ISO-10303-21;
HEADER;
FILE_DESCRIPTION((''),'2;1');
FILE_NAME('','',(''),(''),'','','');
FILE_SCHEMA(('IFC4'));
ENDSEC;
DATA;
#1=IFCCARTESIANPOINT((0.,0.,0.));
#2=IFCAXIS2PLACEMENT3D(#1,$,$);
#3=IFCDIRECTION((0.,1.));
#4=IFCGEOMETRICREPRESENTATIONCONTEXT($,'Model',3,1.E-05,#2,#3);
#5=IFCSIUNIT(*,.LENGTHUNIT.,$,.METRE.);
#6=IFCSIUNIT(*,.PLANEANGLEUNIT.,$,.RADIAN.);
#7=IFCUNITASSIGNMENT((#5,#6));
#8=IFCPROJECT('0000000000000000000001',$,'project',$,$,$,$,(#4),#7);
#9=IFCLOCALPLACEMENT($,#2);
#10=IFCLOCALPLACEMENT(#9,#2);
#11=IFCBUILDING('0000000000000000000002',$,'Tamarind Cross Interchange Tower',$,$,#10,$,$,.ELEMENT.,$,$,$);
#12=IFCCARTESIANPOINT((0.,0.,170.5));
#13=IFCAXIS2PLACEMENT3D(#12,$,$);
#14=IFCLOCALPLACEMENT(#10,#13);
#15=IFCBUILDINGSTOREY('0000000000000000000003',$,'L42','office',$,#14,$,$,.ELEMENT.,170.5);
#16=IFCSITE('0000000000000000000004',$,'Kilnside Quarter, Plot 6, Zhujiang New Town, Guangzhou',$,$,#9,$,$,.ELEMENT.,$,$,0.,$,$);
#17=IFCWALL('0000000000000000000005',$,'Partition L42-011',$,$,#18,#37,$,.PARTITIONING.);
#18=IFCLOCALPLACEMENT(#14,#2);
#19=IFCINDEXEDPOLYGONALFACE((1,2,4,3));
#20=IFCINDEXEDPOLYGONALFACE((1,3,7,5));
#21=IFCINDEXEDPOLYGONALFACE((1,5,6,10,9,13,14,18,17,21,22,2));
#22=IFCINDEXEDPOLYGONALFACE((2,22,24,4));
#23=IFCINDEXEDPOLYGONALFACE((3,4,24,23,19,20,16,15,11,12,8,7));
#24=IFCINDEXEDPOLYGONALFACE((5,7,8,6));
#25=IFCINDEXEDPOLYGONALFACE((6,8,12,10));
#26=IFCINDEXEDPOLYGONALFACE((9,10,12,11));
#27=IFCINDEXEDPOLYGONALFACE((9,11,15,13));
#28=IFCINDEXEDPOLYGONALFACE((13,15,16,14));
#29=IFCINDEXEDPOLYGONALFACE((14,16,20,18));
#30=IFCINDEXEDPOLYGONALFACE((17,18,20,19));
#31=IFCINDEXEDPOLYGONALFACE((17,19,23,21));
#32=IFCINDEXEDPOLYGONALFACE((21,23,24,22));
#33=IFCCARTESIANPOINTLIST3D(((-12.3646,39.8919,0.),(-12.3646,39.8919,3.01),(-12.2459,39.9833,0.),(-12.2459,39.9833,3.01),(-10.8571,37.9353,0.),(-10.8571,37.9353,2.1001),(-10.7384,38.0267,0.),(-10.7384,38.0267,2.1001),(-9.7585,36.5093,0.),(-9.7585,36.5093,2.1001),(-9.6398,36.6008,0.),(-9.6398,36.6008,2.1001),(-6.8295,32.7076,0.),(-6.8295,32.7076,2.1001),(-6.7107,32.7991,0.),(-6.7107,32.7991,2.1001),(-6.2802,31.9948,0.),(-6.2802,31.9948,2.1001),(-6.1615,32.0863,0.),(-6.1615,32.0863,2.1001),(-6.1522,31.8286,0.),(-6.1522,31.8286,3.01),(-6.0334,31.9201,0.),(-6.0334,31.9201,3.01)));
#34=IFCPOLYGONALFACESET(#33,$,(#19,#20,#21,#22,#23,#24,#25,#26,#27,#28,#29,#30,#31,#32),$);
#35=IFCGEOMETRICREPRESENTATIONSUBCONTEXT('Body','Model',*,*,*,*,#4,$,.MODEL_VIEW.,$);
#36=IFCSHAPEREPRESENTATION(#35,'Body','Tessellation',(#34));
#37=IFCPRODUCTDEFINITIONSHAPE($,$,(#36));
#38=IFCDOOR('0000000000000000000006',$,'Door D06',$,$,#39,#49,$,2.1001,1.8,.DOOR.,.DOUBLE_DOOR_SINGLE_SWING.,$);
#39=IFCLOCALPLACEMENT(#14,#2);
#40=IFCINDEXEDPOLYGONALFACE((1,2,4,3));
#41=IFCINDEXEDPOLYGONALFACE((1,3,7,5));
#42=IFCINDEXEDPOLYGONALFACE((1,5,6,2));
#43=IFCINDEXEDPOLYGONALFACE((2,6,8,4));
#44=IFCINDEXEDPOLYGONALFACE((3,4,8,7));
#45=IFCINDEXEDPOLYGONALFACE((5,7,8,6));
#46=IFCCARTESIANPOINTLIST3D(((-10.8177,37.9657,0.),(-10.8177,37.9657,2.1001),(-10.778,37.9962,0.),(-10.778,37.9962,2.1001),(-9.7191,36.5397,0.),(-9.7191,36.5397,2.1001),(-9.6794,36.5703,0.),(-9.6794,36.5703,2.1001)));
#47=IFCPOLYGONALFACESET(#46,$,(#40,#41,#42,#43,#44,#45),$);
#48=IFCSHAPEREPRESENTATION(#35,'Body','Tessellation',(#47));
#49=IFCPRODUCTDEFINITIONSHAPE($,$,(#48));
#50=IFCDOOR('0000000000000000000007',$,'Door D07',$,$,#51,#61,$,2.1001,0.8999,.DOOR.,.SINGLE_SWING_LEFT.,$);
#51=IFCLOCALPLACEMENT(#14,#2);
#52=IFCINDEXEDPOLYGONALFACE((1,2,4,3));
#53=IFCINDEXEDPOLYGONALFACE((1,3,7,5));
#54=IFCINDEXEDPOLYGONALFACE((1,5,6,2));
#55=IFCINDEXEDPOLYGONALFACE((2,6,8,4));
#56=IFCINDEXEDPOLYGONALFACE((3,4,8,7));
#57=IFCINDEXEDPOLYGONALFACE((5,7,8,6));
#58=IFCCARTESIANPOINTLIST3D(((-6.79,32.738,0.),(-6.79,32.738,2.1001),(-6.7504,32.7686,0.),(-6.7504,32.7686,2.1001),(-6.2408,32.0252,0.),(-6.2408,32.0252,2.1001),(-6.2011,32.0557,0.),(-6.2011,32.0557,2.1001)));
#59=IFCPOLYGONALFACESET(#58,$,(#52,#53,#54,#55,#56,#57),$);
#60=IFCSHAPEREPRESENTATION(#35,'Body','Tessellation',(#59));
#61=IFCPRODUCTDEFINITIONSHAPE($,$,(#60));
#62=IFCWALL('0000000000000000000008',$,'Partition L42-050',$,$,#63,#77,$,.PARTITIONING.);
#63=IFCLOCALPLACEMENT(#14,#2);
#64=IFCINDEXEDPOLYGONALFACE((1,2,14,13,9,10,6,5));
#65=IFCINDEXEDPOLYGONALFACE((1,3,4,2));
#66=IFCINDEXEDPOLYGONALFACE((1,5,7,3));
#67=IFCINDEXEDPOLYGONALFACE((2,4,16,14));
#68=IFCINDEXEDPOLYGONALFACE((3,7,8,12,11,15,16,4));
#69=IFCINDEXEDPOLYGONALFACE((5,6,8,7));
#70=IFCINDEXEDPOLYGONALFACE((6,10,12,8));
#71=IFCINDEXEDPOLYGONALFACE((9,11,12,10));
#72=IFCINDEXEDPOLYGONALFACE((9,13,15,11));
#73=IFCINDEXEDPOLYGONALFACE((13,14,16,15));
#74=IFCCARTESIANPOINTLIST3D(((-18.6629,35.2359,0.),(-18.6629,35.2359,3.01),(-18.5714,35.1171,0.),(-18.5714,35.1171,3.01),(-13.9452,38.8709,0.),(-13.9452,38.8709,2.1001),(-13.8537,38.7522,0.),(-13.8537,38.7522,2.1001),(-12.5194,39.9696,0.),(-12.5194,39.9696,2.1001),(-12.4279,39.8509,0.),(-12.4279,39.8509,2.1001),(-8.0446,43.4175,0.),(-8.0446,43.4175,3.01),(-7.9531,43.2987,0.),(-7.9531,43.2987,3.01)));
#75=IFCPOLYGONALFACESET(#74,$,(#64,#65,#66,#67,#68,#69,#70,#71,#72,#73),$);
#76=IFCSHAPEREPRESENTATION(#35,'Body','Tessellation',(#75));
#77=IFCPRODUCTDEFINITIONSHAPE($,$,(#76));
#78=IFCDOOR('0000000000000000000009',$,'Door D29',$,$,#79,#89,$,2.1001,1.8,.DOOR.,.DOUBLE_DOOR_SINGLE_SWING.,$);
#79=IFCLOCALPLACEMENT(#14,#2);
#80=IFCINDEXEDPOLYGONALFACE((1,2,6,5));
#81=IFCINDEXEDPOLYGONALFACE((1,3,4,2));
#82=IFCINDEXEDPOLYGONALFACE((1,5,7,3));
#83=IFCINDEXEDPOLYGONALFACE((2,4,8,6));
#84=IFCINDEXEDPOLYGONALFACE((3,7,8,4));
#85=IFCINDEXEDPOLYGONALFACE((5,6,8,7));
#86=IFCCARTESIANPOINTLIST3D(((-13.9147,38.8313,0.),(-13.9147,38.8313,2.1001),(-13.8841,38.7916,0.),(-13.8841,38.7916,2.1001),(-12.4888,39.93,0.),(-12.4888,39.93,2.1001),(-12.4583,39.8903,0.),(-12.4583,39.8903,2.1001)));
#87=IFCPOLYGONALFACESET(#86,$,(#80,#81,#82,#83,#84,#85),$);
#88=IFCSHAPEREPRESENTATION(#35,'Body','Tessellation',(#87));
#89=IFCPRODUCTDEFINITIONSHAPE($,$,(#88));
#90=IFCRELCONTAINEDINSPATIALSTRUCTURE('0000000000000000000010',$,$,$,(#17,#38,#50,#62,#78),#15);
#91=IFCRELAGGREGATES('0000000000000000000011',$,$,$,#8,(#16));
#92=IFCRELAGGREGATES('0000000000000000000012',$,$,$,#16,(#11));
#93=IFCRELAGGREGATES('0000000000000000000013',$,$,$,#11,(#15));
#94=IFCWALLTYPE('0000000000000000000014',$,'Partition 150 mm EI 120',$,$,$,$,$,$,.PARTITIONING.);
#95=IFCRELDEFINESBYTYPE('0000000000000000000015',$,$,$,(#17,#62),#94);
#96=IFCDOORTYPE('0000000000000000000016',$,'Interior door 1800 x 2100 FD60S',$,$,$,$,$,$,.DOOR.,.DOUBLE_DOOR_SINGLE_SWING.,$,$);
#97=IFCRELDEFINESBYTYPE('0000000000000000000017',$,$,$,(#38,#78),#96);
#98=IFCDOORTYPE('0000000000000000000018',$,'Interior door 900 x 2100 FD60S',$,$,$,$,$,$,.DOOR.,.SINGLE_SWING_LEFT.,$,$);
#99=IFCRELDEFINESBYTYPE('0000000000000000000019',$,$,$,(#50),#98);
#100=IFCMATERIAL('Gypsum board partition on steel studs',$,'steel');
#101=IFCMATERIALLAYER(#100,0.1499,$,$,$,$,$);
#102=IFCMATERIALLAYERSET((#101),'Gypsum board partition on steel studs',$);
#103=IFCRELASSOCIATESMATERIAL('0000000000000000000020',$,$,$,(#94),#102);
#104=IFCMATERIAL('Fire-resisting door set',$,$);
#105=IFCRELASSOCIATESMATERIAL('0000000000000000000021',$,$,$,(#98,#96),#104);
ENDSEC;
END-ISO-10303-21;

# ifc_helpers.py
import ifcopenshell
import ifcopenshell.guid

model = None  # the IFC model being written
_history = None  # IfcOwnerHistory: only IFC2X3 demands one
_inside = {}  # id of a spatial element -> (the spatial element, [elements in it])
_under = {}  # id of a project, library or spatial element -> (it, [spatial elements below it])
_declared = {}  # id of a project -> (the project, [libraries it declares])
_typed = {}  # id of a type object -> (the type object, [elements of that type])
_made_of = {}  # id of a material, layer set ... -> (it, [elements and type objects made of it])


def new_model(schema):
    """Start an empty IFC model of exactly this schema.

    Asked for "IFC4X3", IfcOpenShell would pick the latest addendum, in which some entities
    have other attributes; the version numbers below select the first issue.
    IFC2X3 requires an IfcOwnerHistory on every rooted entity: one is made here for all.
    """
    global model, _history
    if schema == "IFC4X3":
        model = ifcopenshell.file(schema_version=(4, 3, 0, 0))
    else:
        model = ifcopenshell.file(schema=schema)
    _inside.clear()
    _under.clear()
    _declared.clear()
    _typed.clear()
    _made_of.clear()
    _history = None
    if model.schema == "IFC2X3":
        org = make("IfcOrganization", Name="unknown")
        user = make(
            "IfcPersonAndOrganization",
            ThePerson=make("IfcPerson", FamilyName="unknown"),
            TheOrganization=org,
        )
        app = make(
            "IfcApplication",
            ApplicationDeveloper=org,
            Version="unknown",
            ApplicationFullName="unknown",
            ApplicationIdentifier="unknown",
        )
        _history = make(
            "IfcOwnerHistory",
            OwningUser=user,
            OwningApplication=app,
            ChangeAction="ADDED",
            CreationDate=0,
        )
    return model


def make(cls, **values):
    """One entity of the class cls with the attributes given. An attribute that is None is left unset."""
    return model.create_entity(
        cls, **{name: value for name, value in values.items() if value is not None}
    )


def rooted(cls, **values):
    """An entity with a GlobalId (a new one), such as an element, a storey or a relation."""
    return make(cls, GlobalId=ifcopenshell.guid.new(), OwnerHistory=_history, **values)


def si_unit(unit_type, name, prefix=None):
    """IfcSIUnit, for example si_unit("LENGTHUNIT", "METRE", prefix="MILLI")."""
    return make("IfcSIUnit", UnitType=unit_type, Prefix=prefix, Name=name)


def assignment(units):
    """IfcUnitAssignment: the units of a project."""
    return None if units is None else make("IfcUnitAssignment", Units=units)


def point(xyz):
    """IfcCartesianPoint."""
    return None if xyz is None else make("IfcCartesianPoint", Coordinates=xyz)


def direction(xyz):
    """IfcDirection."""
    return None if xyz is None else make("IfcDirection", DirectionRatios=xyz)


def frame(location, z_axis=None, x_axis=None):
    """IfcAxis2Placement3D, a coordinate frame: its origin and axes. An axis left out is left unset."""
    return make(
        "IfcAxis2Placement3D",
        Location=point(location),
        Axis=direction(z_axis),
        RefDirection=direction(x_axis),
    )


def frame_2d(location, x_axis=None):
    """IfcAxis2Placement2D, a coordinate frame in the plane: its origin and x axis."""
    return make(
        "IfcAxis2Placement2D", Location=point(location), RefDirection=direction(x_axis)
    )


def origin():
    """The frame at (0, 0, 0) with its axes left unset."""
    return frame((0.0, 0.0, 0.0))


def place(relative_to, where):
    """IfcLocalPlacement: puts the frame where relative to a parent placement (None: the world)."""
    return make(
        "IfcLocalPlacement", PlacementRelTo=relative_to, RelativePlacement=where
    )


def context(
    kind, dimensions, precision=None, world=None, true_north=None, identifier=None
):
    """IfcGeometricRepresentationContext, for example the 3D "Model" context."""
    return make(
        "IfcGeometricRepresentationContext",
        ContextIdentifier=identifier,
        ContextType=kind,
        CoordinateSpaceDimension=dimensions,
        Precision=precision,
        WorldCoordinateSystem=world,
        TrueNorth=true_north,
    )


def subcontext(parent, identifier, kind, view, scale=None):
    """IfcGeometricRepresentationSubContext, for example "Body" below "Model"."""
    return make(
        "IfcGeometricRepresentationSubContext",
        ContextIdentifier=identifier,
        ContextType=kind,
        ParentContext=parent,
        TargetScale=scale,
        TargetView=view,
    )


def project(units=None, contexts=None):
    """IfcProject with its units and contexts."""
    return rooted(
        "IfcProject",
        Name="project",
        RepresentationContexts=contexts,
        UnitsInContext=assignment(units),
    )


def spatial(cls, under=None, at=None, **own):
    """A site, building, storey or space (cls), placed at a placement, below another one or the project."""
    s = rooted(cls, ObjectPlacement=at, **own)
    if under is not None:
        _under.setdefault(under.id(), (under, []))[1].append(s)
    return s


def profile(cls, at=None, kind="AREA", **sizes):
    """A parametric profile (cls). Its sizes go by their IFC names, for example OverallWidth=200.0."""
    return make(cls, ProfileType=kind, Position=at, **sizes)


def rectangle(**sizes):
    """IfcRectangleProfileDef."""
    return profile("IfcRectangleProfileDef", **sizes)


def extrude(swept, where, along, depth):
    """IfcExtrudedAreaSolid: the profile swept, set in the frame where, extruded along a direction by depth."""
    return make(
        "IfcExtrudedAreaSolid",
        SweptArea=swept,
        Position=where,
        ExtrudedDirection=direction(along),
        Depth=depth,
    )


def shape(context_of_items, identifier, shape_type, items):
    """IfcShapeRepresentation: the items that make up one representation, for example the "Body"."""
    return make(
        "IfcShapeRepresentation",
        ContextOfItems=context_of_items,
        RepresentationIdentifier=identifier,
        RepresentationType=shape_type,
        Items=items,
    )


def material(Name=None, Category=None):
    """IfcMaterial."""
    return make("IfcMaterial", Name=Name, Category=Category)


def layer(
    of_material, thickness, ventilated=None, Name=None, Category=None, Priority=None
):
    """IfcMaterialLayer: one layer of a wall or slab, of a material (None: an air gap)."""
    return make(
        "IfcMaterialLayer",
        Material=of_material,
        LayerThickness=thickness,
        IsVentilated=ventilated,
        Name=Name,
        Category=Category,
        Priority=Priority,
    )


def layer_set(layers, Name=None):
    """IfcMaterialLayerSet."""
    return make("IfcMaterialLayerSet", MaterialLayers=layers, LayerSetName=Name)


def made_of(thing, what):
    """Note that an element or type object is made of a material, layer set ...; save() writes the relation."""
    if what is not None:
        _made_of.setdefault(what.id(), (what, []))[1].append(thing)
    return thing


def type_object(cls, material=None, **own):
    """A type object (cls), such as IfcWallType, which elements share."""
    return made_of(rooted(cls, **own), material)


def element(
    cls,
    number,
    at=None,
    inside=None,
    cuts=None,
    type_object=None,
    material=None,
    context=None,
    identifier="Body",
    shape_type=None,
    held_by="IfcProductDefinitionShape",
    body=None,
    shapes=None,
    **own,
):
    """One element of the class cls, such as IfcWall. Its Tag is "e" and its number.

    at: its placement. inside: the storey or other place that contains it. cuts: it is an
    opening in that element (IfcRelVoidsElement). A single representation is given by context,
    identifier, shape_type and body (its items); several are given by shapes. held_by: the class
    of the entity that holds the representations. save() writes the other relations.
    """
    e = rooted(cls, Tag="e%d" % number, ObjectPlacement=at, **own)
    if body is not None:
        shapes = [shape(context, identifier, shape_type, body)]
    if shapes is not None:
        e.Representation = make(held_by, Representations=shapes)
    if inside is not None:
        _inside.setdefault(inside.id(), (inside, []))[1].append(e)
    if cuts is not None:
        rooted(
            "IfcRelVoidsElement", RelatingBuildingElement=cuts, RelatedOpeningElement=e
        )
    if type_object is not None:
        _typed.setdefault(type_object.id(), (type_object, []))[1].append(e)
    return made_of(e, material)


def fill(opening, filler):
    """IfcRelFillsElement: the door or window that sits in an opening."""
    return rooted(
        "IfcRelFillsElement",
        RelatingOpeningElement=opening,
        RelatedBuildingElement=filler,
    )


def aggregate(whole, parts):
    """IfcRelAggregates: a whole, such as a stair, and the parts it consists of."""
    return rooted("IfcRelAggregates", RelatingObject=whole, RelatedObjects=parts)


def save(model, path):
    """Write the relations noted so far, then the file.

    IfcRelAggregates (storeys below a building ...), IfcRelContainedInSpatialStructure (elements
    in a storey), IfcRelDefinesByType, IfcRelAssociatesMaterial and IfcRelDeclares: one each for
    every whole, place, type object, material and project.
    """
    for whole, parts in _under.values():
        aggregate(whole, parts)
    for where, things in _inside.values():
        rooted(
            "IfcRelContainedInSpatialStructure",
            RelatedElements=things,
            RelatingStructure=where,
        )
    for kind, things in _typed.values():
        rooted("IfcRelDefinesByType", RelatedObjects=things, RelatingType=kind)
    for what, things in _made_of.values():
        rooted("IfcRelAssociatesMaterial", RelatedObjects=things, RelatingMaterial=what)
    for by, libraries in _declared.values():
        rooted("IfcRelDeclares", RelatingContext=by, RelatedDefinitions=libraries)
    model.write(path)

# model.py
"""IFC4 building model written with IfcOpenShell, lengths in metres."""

from ifc_helpers import new_model, si_unit, direction, frame, frame_2d, origin, place, context, subcontext, project, spatial, rectangle, extrude, material, layer, layer_set, type_object, element, fill, save


model = new_model("IFC4")

# Units and contexts
model_context = context("Model", 3, precision=1e-05, world=origin(), true_north=direction((0.0, 1.0)))
body_context = subcontext(model_context, "Body", "Model", "MODEL_VIEW")
ifc_project = project(units=[si_unit("LENGTHUNIT", "METRE"), si_unit("PLANEANGLEUNIT", "RADIAN")], contexts=[model_context])

# Site, building, storey
site_placement = place(None, origin())
site = spatial("IfcSite", under=ifc_project, at=site_placement, Name="Kilnside Quarter, Plot 6, Zhujiang New Town, Guangzhou", CompositionType="ELEMENT", RefElevation=0.0)
building_placement = place(site_placement, origin())
building = spatial("IfcBuilding", under=site, at=building_placement, Name="Tamarind Cross Interchange Tower", CompositionType="ELEMENT")
storey_placement = place(building_placement, frame((0.0, 0.0, 170.5)))
storey = spatial("IfcBuildingStorey", under=building, at=storey_placement, Name="L42", Description="office", CompositionType="ELEMENT", Elevation=170.5)

# Wall, openings, doors
ifc_material_1 = material(Name="Gypsum board partition on steel studs", Category="steel")
ifc_layer_1 = layer(ifc_material_1, 0.1499)
ifc_layer_set_1 = layer_set([ifc_layer_1], Name="Gypsum board partition on steel studs")
wall_type = type_object("IfcWallType", Name="Partition 150 mm EI 120", PredefinedType="PARTITIONING", material=ifc_layer_set_1)
ifc_material_2 = material(Name="Fire-resisting door set")
door_type_1 = type_object("IfcDoorType", Name="Interior door 900 x 2100 FD60S", OperationType="SINGLE_SWING_LEFT", PredefinedType="DOOR", material=ifc_material_2)
wall_1_placement = place(storey_placement, frame((-12.3052, 39.9375, 0.0), z_axis=(0.0, 0.0, 1.0), x_axis=(0.610323, -0.792153, 0.0)))
wall_1 = element("IfcWall", 1, at=wall_1_placement, inside=storey, type_object=wall_type, Name="Partition L42-011", PredefinedType="PARTITIONING", context=body_context, shape_type="SweptSolid", body=[
    extrude(rectangle(XDim=10.179, YDim=0.1499, at=frame_2d((5.0894, 0.0))), origin(), (0.0, 0.0, 1.0), 3.01),
])
opening_1_placement = place(wall_1_placement, frame((2.47, 0.0, 0.0)))
opening_1 = element("IfcOpeningElement", 2, at=opening_1_placement, cuts=wall_1, PredefinedType="OPENING", context=body_context, shape_type="SweptSolid", body=[
    extrude(rectangle(XDim=1.8, YDim=2.1001, at=frame_2d((0.8999, 1.05))), frame((0.0, 0.085, 0.0), z_axis=(0.0, -1.0, 0.0), x_axis=(1.0, 0.0, 0.0)), (0.0, 0.0, 1.0), 0.1699),
])
opening_2_placement = place(wall_1_placement, frame((9.0691, 0.0, 0.0)))
opening_2 = element("IfcOpeningElement", 3, at=opening_2_placement, cuts=wall_1, PredefinedType="OPENING", context=body_context, shape_type="SweptSolid", body=[
    extrude(rectangle(XDim=0.8999, YDim=2.1001, at=frame_2d((0.45, 1.05))), frame((0.0, 0.085, 0.0), z_axis=(0.0, -1.0, 0.0), x_axis=(1.0, 0.0, 0.0)), (0.0, 0.0, 1.0), 0.1699),
])
door_type_2 = type_object("IfcDoorType", Name="Interior door 1800 x 2100 FD60S", OperationType="DOUBLE_DOOR_SINGLE_SWING", PredefinedType="DOOR", material=ifc_material_2)
door_1_placement = place(opening_1_placement, origin())
door_1 = element("IfcDoor", 4, at=door_1_placement, inside=storey, type_object=door_type_2, Name="Door D06", OperationType="DOUBLE_DOOR_SINGLE_SWING", OverallHeight=2.1001, OverallWidth=1.8, PredefinedType="DOOR", context=body_context, shape_type="SweptSolid", body=[
    extrude(rectangle(XDim=1.8, YDim=2.1001, at=frame_2d((0.8999, 1.05))), frame((0.0, 0.0249, 0.0), z_axis=(0.0, -1.0, 0.0), x_axis=(1.0, 0.0, 0.0)), (0.0, 0.0, 1.0), 0.05),
])
fill(opening_1, door_1)
door_2_placement = place(opening_2_placement, origin())
door_2 = element("IfcDoor", 5, at=door_2_placement, inside=storey, type_object=door_type_1, Name="Door D07", OperationType="SINGLE_SWING_LEFT", OverallHeight=2.1001, OverallWidth=0.8999, PredefinedType="DOOR", context=body_context, shape_type="SweptSolid", body=[
    extrude(rectangle(XDim=0.8999, YDim=2.1001, at=frame_2d((0.45, 1.05))), frame((0.0, 0.0249, 0.0), z_axis=(0.0, -1.0, 0.0), x_axis=(1.0, 0.0, 0.0)), (0.0, 0.0, 1.0), 0.05),
])
fill(opening_2, door_2)

# Wall, opening, door
wall_2_placement = place(storey_placement, frame((-18.6172, 35.1765, 0.0), z_axis=(0.0, 0.0, 1.0), x_axis=(0.792132, 0.61035, 0.0)))
wall_2 = element("IfcWall", 6, at=wall_2_placement, inside=storey, type_object=wall_type, Name="Partition L42-050", PredefinedType="PARTITIONING", context=body_context, shape_type="SweptSolid", body=[
    extrude(rectangle(XDim=13.4048, YDim=0.1499, at=frame_2d((6.7024, 0.0))), origin(), (0.0, 0.0, 1.0), 3.01),
])
opening_3_placement = place(wall_2_placement, frame((5.9558, 0.0, 0.0)))
opening_3 = element("IfcOpeningElement", 7, at=opening_3_placement, cuts=wall_2, PredefinedType="OPENING", context=body_context, shape_type="SweptSolid", body=[
    extrude(rectangle(XDim=1.8, YDim=2.1001, at=frame_2d((0.8999, 1.05))), frame((0.0, 0.085, 0.0), z_axis=(0.0, -1.0, 0.0), x_axis=(1.0, 0.0, 0.0)), (0.0, 0.0, 1.0), 0.1699),
])
door_3_placement = place(opening_3_placement, origin())
door_3 = element("IfcDoor", 8, at=door_3_placement, inside=storey, type_object=door_type_2, Name="Door D29", OperationType="DOUBLE_DOOR_SINGLE_SWING", OverallHeight=2.1001, OverallWidth=1.8, PredefinedType="DOOR", context=body_context, shape_type="SweptSolid", body=[
    extrude(rectangle(XDim=1.8, YDim=2.1001, at=frame_2d((0.8999, 1.05))), frame((0.0, 0.0249, 0.0), z_axis=(0.0, -1.0, 0.0), x_axis=(1.0, 0.0, 0.0)), (0.0, 0.0, 1.0), 0.05),
])
fill(opening_3, door_3)

save(model, "model.ifc")
